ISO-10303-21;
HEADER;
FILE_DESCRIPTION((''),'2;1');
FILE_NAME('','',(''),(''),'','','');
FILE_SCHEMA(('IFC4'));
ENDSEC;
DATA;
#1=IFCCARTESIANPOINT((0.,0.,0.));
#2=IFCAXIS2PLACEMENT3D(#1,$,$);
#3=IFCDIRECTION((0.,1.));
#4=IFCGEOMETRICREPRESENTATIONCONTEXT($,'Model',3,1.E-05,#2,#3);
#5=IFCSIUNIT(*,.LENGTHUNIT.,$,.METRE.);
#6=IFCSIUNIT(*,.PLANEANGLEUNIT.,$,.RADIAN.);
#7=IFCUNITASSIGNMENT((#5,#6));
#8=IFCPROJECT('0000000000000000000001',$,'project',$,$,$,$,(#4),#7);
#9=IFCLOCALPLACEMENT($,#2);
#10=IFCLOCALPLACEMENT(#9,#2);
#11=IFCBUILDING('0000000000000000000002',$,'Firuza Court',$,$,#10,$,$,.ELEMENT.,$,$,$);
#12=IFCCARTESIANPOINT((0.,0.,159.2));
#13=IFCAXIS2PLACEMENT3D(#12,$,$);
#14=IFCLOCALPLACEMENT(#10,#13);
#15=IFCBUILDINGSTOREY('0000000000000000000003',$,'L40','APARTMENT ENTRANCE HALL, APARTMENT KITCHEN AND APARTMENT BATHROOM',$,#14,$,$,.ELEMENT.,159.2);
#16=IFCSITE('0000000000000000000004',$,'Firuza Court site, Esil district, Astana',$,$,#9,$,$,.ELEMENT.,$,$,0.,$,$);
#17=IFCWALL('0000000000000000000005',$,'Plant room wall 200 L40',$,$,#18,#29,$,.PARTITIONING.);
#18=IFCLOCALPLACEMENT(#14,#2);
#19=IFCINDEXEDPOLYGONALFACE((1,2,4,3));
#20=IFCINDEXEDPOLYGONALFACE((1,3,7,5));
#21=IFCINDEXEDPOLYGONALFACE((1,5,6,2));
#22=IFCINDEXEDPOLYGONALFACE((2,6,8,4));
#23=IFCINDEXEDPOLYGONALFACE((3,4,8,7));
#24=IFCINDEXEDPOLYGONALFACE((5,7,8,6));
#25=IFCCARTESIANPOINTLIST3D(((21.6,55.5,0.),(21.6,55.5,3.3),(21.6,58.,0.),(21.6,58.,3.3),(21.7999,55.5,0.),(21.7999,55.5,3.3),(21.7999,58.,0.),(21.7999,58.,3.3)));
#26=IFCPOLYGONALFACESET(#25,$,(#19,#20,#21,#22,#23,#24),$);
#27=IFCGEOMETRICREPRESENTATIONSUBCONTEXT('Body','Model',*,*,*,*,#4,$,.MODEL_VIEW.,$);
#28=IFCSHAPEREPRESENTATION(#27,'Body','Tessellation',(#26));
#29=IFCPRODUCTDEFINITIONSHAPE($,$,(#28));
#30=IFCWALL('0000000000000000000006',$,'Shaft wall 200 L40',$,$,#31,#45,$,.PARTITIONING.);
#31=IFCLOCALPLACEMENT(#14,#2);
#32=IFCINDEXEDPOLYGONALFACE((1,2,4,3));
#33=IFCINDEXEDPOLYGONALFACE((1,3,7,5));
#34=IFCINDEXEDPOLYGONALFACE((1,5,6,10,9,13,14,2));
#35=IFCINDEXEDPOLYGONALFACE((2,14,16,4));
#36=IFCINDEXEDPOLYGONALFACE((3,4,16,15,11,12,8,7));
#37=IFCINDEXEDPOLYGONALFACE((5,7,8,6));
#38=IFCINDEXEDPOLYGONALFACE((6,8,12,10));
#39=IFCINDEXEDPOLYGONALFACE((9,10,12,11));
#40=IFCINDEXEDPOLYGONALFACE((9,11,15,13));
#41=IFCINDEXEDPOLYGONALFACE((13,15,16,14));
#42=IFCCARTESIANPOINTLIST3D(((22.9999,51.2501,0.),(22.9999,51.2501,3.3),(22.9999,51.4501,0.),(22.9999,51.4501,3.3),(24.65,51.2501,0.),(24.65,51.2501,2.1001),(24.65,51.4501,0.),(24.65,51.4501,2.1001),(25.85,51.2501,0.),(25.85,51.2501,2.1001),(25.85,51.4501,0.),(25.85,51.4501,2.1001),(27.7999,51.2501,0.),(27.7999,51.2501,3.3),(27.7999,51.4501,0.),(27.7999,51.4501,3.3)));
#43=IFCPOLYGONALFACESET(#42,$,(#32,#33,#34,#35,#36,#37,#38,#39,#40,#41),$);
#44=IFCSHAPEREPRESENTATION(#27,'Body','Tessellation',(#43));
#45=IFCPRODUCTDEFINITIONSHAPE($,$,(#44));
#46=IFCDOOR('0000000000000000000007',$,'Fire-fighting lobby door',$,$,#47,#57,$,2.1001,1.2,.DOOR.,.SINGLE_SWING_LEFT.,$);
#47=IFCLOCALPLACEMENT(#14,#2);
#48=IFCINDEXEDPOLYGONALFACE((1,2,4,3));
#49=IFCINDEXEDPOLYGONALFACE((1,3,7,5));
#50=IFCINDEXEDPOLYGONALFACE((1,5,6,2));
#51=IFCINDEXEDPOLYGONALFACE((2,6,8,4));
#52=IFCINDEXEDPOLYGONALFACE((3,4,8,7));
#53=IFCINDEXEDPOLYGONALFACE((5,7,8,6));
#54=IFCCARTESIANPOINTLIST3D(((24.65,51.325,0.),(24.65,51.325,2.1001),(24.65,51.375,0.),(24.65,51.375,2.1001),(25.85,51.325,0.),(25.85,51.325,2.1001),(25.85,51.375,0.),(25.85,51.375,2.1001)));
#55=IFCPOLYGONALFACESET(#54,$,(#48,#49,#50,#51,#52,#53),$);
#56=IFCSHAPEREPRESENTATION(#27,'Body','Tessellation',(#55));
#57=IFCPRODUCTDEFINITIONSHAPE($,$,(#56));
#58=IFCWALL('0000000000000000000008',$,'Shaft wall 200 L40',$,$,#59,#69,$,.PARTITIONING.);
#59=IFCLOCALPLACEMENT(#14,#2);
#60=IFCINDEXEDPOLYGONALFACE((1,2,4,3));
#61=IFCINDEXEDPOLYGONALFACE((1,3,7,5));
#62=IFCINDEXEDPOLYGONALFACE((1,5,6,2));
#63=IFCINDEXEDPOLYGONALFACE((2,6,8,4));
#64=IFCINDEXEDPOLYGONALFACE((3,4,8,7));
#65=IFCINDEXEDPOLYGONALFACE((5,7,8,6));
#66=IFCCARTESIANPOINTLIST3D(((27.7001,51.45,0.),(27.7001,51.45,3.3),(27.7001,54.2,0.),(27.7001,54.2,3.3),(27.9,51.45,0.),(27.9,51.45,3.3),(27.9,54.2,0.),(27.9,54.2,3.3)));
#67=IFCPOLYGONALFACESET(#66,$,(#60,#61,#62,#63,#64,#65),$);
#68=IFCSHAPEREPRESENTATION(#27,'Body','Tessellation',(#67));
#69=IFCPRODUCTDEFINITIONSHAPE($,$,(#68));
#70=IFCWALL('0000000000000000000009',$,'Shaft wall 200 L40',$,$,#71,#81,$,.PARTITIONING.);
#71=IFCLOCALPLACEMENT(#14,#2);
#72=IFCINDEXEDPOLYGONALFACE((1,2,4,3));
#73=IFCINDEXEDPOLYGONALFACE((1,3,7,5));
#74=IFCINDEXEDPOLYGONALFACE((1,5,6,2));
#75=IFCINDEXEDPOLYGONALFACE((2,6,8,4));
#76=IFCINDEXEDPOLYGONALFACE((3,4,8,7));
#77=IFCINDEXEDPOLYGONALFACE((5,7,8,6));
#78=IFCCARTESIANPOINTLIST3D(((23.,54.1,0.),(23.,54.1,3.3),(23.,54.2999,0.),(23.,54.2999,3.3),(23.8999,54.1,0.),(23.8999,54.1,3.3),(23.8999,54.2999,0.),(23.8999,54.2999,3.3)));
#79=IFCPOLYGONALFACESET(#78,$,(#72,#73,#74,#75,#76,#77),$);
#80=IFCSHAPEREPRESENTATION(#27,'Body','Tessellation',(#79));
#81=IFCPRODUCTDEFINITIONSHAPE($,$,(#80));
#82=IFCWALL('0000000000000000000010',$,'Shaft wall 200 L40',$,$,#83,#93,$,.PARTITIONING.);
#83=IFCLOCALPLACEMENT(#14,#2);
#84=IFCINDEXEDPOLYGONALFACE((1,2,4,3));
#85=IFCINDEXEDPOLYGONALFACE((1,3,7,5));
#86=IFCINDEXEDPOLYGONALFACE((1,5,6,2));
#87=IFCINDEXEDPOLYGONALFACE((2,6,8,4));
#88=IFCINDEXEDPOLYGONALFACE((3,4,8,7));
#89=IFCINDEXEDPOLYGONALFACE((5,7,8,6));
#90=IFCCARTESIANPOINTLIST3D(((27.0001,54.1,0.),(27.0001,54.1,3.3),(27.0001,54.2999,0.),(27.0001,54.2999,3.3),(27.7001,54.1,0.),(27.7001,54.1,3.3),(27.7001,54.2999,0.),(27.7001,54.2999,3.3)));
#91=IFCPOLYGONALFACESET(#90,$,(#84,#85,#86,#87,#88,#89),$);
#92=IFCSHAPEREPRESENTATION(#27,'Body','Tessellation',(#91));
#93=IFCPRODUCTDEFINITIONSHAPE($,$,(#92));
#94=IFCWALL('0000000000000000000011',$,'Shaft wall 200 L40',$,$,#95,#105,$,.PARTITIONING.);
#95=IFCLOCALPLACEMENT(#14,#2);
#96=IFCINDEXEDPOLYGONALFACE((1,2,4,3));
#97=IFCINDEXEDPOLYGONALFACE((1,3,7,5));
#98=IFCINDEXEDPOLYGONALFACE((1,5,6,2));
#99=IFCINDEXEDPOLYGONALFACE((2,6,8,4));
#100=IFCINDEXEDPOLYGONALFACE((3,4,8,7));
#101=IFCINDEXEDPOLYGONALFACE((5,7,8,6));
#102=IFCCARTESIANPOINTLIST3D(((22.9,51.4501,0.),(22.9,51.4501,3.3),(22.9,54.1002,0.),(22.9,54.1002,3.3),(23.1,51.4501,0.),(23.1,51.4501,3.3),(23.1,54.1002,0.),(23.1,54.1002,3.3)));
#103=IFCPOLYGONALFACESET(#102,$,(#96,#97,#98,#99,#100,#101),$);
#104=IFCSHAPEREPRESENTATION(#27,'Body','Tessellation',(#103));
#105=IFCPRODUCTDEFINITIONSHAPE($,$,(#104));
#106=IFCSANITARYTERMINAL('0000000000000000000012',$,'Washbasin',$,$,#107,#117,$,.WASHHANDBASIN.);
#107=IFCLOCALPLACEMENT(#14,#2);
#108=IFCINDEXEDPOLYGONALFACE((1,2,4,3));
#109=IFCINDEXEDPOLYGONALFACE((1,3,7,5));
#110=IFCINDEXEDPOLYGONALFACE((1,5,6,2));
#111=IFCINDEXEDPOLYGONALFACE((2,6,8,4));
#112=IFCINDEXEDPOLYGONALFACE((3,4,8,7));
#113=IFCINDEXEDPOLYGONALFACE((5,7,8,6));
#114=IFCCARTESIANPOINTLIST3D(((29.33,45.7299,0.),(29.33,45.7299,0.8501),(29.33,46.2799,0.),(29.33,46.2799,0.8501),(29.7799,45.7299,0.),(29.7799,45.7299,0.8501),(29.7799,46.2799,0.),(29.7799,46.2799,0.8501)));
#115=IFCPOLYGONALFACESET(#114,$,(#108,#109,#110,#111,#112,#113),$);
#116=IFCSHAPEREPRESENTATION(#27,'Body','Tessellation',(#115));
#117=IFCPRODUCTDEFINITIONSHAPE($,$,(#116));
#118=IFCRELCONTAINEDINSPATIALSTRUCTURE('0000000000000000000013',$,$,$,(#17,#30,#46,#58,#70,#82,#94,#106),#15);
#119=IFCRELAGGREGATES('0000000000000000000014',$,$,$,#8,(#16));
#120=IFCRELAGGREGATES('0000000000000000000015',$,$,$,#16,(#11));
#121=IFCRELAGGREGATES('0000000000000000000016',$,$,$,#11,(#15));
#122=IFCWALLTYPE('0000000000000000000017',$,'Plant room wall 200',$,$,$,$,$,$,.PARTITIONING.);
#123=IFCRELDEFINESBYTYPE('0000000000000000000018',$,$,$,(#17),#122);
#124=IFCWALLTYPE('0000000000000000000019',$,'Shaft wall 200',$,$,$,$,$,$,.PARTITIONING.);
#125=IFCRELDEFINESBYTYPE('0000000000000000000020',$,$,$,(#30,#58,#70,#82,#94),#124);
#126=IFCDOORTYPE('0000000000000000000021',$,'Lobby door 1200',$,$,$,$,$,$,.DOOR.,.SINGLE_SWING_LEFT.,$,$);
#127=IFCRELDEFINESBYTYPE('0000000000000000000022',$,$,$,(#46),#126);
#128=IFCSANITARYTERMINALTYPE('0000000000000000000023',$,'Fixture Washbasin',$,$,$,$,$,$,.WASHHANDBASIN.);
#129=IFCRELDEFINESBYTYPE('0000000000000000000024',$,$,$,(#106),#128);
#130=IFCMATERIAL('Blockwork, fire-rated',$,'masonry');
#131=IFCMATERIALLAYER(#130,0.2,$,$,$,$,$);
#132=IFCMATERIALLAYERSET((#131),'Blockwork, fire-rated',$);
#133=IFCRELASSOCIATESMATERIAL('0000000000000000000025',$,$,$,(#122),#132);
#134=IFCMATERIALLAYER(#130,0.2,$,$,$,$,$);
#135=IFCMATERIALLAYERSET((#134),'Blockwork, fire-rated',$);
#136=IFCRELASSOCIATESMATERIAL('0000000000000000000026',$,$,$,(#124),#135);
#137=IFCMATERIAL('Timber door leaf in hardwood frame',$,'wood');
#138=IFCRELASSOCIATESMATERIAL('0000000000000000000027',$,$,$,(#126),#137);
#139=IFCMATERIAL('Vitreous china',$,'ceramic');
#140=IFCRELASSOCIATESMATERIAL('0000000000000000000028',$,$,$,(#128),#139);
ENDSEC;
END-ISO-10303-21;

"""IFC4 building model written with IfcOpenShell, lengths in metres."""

from ifc_helpers import new_model, si_unit, direction, frame, frame_2d, origin, origin_2d, place, context, subcontext, project, spatial, rectangle, extrude, material, layer, layer_set, type_object, element, fill, save


model = new_model("IFC4")

# Units and contexts
model_context = context("Model", 3, precision=1e-05, world=origin(), true_north=direction((0.0, 1.0)))
body_context = subcontext(model_context, "Body", "Model", "MODEL_VIEW")
ifc_project = project(units=[si_unit("LENGTHUNIT", "METRE"), si_unit("PLANEANGLEUNIT", "RADIAN")], contexts=[model_context])

# Site, building, storey
site_placement = place(None, origin())
site = spatial("IfcSite", under=ifc_project, at=site_placement, Name="Firuza Court site, Esil district, Astana", CompositionType="ELEMENT", RefElevation=0.0)
building_placement = place(site_placement, origin())
building = spatial("IfcBuilding", under=site, at=building_placement, Name="Firuza Court", CompositionType="ELEMENT")
storey_placement = place(building_placement, frame((0.0, 0.0, 159.2)))
storey = spatial("IfcBuildingStorey", under=building, at=storey_placement, Name="L40", Description="APARTMENT ENTRANCE HALL, APARTMENT KITCHEN AND APARTMENT BATHROOM", CompositionType="ELEMENT", Elevation=159.2)

# Shared definitions
ifc_material_1 = material(Name="Blockwork, fire-rated", Category="masonry")
ifc_layer_1 = layer(ifc_material_1, 0.2)
ifc_layer_set_1 = layer_set([ifc_layer_1], Name="Blockwork, fire-rated")
wall_type_1 = type_object("IfcWallType", Name="Plant room wall 200", PredefinedType="PARTITIONING", material=ifc_layer_set_1)

# Wall
wall_1_placement = place(storey_placement, frame((21.7, 55.5, 0.0), z_axis=(0.0, 0.0, 1.0), x_axis=(0.0, 1.0, 0.0)))
element("IfcWall", 1, at=wall_1_placement, inside=storey, type_object=wall_type_1, Name="Plant room wall 200 L40", PredefinedType="PARTITIONING", context=body_context, shape_type="SweptSolid", body=[
    extrude(rectangle(XDim=2.5, YDim=0.2, at=frame_2d((1.25, 0.0))), origin(), (0.0, 0.0, 1.0), 3.3),
])

# Wall, opening, door
ifc_layer_2 = layer(ifc_material_1, 0.2)
ifc_layer_set_2 = layer_set([ifc_layer_2], Name="Blockwork, fire-rated")
wall_type_2 = type_object("IfcWallType", Name="Shaft wall 200", PredefinedType="PARTITIONING", material=ifc_layer_set_2)
wall_2_placement = place(storey_placement, frame((23.0, 51.3501, 0.0), z_axis=(0.0, 0.0, 1.0), x_axis=(1.0, 0.0, 0.0)))
wall_2 = element("IfcWall", 2, at=wall_2_placement, inside=storey, type_object=wall_type_2, Name="Shaft wall 200 L40", PredefinedType="PARTITIONING", context=body_context, shape_type="SweptSolid", body=[
    extrude(rectangle(XDim=4.8, YDim=0.2, at=frame_2d((2.3999, 0.0))), origin(), (0.0, 0.0, 1.0), 3.3),
])
opening_1_placement = place(wall_2_placement, frame((1.6499, 0.0, 0.0)))
opening_1 = element("IfcOpeningElement", 3, at=opening_1_placement, cuts=wall_2, PredefinedType="OPENING", context=body_context, shape_type="SweptSolid", body=[
    extrude(rectangle(XDim=1.2, YDim=2.1001, at=frame_2d((0.6001, 1.05))), frame((0.0, 0.1118, 0.0), z_axis=(0.0, -1.0, 0.0), x_axis=(1.0, 0.0, 0.0)), (0.0, 0.0, 1.0), 0.2239),
])
ifc_material_2 = material(Name="Timber door leaf in hardwood frame", Category="wood")
door_type_1 = type_object("IfcDoorType", Name="Lobby door 1200", OperationType="SINGLE_SWING_LEFT", PredefinedType="DOOR", material=ifc_material_2)
door_1_placement = place(opening_1_placement, origin())
door_1 = element("IfcDoor", 4, at=door_1_placement, inside=storey, type_object=door_type_1, Name="Fire-fighting lobby door", OperationType="SINGLE_SWING_LEFT", OverallHeight=2.1001, OverallWidth=1.2, PredefinedType="DOOR", context=body_context, shape_type="SweptSolid", body=[
    extrude(rectangle(XDim=1.2, YDim=2.1001, at=frame_2d((0.6001, 1.05))), frame((0.0, 0.0249, 0.0), z_axis=(0.0, -1.0, 0.0), x_axis=(1.0, 0.0, 0.0)), (0.0, 0.0, 1.0), 0.05),
])
fill(opening_1, door_1)

# Walls
wall_3_placement = place(storey_placement, frame((27.8, 51.45, 0.0), z_axis=(0.0, 0.0, 1.0), x_axis=(0.0, 1.0, 0.0)))
element("IfcWall", 5, at=wall_3_placement, inside=storey, type_object=wall_type_2, Name="Shaft wall 200 L40", PredefinedType="PARTITIONING", context=body_context, shape_type="SweptSolid", body=[
    extrude(rectangle(XDim=2.75, YDim=0.2, at=frame_2d((1.375, 0.0))), origin(), (0.0, 0.0, 1.0), 3.3),
])
wall_4_placement = place(storey_placement, frame((23.0, 54.2, 0.0), z_axis=(0.0, 0.0, 1.0), x_axis=(1.0, 0.0, 0.0)))
element("IfcWall", 6, at=wall_4_placement, inside=storey, type_object=wall_type_2, Name="Shaft wall 200 L40", PredefinedType="PARTITIONING", context=body_context, shape_type="SweptSolid", body=[
    extrude(rectangle(XDim=0.8999, YDim=0.2, at=frame_2d((0.45, 0.0))), origin(), (0.0, 0.0, 1.0), 3.3),
])
wall_5_placement = place(storey_placement, frame((27.0, 54.2, 0.0), z_axis=(0.0, 0.0, 1.0), x_axis=(1.0, 0.0, 0.0)))
element("IfcWall", 7, at=wall_5_placement, inside=storey, type_object=wall_type_2, Name="Shaft wall 200 L40", PredefinedType="PARTITIONING", context=body_context, shape_type="SweptSolid", body=[
    extrude(rectangle(XDim=0.7, YDim=0.2, at=frame_2d((0.3501, 0.0))), origin(), (0.0, 0.0, 1.0), 3.3),
])
wall_6_placement = place(storey_placement, frame((23.0, 51.45, 0.0), z_axis=(0.0, 0.0, 1.0), x_axis=(0.0, 1.0, 0.0)))
element("IfcWall", 8, at=wall_6_placement, inside=storey, type_object=wall_type_2, Name="Shaft wall 200 L40", PredefinedType="PARTITIONING", context=body_context, shape_type="SweptSolid", body=[
    extrude(rectangle(XDim=2.6501, YDim=0.2, at=frame_2d((1.3252, 0.0))), origin(), (0.0, 0.0, 1.0), 3.3),
])

# Sanitary terminal
ifc_material_3 = material(Name="Vitreous china", Category="ceramic")
sanitary_terminal_type = type_object("IfcSanitaryTerminalType", Name="Fixture Washbasin", PredefinedType="WASHHANDBASIN", material=ifc_material_3)
sanitary_terminal_placement = place(storey_placement, frame((29.5549, 46.0049, 0.0), z_axis=(0.0, 0.0, 1.0), x_axis=(1.0, 0.0, 0.0)))
element("IfcSanitaryTerminal", 9, at=sanitary_terminal_placement, inside=storey, type_object=sanitary_terminal_type, Name="Washbasin", PredefinedType="WASHHANDBASIN", context=body_context, shape_type="SweptSolid", body=[
    extrude(rectangle(XDim=0.45, YDim=0.55, at=origin_2d()), origin(), (0.0, 0.0, 1.0), 0.8501),
])

save(model, "model.ifc")
